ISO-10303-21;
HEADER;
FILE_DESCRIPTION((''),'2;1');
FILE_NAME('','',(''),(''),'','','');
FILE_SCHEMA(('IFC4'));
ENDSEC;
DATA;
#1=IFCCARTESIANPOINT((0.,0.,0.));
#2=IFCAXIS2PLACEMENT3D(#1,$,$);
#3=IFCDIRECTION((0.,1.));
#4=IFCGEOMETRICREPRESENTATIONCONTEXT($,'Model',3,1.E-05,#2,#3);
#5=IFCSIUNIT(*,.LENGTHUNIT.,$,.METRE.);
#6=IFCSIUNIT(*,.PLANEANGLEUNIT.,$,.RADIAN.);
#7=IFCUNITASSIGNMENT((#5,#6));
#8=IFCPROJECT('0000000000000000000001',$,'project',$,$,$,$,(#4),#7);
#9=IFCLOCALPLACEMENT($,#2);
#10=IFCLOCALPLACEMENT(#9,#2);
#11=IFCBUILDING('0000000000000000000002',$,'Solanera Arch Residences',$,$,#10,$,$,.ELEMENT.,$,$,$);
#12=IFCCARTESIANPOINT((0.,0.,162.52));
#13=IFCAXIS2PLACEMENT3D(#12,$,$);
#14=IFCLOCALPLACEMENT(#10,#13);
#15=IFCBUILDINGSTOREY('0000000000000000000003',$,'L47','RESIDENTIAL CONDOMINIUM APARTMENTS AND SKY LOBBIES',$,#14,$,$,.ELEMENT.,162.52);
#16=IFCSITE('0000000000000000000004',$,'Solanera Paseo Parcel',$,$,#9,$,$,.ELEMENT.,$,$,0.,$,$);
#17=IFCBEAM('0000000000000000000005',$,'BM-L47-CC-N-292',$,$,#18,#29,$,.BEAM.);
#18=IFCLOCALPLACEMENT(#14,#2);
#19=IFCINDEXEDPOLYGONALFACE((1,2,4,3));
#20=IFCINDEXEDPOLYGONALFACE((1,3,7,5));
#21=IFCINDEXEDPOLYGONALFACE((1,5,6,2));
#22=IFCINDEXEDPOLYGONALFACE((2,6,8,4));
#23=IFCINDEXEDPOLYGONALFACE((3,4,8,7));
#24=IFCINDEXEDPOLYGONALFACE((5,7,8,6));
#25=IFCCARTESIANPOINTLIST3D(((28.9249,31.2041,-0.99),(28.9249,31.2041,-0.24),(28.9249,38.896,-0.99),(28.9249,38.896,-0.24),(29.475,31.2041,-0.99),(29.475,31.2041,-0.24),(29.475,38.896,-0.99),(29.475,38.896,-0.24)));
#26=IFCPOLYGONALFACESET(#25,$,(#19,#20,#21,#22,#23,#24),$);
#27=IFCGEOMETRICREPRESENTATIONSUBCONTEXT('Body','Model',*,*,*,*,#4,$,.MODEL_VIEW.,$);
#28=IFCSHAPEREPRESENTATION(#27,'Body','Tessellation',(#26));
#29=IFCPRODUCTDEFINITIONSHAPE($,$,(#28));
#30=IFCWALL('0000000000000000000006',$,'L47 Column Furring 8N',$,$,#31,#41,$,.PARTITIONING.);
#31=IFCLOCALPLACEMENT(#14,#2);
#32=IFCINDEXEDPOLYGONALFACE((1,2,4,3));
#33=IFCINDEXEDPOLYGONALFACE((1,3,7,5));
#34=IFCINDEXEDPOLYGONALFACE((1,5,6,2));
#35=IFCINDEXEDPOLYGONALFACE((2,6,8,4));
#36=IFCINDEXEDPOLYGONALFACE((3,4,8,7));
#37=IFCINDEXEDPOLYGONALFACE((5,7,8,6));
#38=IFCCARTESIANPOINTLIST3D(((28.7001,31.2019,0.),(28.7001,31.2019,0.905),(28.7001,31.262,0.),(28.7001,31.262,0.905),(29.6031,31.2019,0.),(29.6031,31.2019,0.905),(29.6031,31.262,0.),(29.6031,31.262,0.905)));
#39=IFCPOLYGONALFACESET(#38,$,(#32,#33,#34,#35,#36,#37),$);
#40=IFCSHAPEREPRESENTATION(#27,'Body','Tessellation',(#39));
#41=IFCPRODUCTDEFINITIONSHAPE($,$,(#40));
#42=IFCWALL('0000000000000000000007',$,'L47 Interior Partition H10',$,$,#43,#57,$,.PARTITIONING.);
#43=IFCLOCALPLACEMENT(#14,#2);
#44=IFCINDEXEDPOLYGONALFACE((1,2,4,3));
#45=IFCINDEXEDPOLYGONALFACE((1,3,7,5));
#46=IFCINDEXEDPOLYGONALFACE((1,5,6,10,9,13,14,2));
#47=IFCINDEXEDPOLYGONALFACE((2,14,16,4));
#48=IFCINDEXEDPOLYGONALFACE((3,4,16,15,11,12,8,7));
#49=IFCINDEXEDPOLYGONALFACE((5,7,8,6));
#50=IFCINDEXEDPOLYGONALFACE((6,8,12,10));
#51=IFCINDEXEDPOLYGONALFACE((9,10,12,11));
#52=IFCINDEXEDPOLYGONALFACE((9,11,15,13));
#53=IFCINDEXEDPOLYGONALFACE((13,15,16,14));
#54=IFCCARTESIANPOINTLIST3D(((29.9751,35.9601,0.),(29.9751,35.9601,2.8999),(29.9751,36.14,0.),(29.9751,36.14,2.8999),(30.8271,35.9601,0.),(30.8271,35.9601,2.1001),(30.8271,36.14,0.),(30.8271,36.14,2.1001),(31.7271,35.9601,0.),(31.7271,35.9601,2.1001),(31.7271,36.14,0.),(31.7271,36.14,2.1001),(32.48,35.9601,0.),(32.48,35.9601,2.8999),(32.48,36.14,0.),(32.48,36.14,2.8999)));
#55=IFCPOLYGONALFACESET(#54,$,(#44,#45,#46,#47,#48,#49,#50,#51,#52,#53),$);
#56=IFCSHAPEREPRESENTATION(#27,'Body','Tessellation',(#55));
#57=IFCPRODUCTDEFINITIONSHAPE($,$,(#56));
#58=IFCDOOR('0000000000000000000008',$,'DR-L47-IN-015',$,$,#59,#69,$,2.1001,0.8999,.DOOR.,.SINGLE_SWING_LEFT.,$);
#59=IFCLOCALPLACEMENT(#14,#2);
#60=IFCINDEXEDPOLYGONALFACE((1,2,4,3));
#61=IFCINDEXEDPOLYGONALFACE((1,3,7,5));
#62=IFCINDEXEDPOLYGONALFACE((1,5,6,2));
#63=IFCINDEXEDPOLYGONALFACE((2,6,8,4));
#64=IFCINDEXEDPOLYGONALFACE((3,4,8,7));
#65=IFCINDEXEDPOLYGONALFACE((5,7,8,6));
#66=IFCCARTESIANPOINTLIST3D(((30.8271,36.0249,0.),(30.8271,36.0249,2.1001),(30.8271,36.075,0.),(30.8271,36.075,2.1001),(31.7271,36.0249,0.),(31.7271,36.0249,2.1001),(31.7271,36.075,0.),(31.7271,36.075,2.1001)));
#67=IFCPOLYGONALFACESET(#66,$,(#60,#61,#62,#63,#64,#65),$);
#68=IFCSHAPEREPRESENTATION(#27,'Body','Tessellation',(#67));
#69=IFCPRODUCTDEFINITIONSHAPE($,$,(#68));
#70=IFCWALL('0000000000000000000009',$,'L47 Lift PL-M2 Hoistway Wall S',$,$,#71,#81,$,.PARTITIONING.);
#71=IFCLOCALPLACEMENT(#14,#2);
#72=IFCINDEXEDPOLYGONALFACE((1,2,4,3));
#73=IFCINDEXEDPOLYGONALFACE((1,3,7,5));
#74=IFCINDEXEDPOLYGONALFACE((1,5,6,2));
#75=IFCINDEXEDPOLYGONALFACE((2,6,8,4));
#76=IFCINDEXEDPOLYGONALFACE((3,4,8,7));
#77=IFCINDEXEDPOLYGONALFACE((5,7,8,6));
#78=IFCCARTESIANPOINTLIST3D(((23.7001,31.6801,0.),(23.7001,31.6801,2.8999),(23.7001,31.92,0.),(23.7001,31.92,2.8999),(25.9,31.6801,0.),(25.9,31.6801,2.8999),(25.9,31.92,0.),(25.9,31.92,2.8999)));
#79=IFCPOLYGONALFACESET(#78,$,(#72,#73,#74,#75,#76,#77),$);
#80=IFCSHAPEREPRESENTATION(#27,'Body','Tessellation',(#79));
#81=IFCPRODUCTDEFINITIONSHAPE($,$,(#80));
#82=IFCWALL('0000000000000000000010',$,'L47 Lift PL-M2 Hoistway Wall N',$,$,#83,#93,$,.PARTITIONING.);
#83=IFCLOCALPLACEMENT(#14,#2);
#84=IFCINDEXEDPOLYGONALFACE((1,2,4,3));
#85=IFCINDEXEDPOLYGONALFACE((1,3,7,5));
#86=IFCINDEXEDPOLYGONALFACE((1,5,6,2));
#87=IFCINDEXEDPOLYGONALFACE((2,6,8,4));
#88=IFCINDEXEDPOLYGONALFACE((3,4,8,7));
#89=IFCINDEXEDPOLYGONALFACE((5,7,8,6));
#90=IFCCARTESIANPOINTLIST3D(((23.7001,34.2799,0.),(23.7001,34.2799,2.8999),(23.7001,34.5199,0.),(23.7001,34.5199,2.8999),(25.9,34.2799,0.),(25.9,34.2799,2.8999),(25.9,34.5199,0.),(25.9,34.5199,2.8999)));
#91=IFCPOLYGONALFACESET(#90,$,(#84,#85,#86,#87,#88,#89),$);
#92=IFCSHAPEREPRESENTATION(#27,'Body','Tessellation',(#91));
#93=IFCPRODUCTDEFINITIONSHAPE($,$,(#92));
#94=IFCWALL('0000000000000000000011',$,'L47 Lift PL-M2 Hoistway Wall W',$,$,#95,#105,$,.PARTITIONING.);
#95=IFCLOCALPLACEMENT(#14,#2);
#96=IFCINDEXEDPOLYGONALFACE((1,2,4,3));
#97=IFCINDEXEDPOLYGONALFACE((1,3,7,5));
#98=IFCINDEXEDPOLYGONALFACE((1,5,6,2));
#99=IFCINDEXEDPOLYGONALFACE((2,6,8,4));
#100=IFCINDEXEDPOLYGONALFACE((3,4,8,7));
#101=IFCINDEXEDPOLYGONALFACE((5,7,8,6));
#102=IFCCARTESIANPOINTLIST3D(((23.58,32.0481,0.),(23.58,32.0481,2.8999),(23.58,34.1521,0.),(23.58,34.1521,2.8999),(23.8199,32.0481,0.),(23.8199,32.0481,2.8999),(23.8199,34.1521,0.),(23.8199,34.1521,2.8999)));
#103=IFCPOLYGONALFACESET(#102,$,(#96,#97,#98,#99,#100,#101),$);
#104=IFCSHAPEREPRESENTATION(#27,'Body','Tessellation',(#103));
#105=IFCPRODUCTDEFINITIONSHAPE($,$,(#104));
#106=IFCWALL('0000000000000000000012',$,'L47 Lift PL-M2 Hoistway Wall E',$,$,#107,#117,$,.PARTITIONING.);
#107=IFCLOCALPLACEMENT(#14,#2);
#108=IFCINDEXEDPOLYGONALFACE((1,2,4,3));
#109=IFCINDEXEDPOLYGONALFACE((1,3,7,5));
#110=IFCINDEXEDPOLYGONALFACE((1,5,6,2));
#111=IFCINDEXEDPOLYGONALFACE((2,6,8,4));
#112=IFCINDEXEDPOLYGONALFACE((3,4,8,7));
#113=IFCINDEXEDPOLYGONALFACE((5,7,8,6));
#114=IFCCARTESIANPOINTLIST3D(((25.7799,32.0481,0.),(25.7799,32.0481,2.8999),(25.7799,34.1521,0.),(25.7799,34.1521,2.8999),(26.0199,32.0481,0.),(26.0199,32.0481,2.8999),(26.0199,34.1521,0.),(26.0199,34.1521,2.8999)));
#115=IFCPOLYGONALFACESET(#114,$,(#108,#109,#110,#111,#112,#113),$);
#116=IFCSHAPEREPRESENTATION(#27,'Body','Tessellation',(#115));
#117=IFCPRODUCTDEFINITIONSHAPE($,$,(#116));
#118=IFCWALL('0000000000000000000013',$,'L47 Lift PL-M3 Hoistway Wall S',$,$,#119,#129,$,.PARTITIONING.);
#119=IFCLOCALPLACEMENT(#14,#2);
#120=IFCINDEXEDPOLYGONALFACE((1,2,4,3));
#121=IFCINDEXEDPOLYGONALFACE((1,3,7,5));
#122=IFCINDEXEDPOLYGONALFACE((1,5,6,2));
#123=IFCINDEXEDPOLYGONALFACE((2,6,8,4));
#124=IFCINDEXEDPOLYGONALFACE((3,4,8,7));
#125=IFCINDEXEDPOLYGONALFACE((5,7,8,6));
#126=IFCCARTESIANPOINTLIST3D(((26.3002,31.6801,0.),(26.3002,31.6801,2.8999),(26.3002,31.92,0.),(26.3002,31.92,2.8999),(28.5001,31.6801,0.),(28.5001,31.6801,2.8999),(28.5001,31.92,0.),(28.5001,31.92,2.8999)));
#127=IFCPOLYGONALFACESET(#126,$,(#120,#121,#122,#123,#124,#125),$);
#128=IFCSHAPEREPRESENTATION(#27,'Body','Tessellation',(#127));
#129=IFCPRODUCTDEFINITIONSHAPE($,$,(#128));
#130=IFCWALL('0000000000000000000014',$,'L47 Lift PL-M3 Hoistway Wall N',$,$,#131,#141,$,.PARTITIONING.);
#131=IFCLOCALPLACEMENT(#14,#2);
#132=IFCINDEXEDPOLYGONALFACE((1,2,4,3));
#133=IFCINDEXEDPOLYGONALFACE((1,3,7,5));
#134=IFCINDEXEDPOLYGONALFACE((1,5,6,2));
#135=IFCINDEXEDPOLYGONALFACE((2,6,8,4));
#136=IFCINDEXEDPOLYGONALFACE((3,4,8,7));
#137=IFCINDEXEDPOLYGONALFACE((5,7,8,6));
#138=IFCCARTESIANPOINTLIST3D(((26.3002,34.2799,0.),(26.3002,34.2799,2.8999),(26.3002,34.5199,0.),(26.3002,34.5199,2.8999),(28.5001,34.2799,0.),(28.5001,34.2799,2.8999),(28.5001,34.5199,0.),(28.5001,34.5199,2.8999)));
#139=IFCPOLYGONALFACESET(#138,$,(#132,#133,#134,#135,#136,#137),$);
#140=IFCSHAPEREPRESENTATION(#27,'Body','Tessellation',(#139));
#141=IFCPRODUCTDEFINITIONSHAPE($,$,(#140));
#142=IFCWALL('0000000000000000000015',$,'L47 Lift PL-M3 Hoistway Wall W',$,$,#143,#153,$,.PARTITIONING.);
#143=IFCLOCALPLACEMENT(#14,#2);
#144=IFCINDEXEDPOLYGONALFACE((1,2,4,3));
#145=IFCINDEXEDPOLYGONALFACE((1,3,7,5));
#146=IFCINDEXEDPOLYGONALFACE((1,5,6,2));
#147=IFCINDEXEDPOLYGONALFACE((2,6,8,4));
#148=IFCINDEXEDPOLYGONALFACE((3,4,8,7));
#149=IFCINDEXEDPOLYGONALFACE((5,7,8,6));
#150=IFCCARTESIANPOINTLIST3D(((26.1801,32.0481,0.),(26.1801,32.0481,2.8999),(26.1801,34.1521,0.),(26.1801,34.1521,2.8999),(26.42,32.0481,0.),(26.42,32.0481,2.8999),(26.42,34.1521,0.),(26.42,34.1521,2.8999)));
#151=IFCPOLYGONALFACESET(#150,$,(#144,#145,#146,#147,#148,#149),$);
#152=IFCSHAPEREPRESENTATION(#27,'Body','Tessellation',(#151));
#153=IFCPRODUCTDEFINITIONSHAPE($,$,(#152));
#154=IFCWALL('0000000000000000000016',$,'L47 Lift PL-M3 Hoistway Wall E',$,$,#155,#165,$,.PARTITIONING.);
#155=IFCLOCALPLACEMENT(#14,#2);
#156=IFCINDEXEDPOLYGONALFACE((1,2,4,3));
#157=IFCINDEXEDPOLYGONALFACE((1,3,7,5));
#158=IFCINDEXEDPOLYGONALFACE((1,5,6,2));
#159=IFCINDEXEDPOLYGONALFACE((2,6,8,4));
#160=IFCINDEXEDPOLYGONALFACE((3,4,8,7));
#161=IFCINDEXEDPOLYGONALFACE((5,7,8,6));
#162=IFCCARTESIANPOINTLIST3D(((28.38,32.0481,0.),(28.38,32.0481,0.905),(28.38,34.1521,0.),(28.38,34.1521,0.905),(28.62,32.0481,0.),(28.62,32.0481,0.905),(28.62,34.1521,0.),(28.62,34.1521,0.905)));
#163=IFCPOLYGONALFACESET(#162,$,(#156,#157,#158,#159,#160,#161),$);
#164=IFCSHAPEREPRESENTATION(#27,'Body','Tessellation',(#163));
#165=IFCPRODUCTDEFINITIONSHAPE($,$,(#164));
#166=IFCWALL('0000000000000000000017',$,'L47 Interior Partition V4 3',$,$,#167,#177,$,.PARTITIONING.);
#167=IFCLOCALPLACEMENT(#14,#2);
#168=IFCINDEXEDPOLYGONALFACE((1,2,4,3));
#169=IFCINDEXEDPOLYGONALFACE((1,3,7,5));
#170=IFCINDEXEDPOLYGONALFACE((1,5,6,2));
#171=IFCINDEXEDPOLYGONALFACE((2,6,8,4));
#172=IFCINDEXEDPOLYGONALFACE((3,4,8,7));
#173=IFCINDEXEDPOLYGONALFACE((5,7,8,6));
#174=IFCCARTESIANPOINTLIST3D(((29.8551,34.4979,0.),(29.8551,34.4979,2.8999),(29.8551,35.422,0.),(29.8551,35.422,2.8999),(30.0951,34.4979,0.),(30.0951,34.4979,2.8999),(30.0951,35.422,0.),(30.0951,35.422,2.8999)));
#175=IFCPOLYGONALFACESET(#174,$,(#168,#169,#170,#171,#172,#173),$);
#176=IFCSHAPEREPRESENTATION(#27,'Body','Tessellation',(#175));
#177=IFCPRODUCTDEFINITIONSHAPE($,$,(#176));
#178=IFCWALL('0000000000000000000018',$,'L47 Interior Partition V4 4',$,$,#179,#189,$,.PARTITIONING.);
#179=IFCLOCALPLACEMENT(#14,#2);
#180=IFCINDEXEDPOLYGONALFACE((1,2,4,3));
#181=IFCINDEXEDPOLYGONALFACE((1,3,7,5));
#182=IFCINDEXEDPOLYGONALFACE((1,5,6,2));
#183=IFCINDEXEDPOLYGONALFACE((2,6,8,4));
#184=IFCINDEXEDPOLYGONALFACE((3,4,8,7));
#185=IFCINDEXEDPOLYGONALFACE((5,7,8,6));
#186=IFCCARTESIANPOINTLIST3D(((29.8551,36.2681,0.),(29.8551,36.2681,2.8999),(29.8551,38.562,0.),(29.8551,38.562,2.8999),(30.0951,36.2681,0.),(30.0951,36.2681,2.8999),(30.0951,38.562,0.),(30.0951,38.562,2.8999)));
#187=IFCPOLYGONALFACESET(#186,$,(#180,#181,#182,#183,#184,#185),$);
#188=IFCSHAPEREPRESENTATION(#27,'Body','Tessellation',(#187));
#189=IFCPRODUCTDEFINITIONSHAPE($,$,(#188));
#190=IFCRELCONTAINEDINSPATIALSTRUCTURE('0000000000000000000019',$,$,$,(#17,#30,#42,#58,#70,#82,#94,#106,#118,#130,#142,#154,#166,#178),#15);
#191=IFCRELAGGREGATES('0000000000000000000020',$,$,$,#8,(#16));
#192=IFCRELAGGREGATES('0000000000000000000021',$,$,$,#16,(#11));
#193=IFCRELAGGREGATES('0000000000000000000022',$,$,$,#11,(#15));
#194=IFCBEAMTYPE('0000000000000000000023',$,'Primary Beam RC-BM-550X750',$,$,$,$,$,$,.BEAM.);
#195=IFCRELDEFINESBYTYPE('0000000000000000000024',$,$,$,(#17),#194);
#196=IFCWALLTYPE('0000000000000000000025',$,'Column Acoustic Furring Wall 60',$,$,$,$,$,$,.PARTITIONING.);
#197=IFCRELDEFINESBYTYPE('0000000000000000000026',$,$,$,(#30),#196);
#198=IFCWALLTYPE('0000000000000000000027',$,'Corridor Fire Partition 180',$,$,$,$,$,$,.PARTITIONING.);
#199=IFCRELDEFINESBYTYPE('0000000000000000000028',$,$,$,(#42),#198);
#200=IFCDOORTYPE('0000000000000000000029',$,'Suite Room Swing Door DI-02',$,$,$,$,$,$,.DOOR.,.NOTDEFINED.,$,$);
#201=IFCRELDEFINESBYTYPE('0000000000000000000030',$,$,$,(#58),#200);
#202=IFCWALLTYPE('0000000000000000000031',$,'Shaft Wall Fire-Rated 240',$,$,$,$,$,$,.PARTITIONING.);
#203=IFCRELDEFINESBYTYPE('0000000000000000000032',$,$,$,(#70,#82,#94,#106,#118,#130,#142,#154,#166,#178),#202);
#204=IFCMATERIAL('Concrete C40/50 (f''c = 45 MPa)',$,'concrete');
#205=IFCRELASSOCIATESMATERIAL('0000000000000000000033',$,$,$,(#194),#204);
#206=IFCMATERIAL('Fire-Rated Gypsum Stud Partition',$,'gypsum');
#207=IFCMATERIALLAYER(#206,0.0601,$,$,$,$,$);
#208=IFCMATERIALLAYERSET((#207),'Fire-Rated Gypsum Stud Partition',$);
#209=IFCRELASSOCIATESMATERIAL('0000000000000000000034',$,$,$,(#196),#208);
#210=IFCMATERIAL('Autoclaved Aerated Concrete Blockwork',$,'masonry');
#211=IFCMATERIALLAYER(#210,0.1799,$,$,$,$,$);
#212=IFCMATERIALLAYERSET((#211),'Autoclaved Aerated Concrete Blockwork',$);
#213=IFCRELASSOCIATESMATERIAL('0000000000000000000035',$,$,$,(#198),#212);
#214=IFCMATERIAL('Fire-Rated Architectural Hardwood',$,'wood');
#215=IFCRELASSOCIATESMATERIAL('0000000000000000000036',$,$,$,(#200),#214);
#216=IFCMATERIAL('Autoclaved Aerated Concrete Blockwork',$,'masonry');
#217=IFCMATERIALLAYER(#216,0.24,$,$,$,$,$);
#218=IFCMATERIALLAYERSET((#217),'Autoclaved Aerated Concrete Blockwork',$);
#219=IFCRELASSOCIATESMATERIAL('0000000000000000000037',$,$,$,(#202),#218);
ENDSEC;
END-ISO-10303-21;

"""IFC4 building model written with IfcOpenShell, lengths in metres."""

from ifc_helpers import new_model, si_unit, direction, frame, frame_2d, origin, origin_2d, place, context, subcontext, project, spatial, rectangle, extrude, material, layer, layer_set, material_profile, profile_set, type_object, element, fill, save


model = new_model("IFC4")

# Units and contexts
model_context = context("Model", 3, precision=1e-05, world=origin(), true_north=direction((0.0, 1.0)))
body_context = subcontext(model_context, "Body", "Model", "MODEL_VIEW")
ifc_project = project(units=[si_unit("LENGTHUNIT", "METRE"), si_unit("PLANEANGLEUNIT", "RADIAN")], contexts=[model_context])

# Site, building, storey
site_placement = place(None, origin())
site = spatial("IfcSite", under=ifc_project, at=site_placement, Name="Solanera Paseo Parcel", CompositionType="ELEMENT", RefElevation=0.0)
building_placement = place(site_placement, origin())
building = spatial("IfcBuilding", under=site, at=building_placement, Name="Solanera Arch Residences", CompositionType="ELEMENT")
storey_placement = place(building_placement, frame((0.0, 0.0, 162.52)))
storey = spatial("IfcBuildingStorey", under=building, at=storey_placement, Name="L47", Description="RESIDENTIAL CONDOMINIUM APARTMENTS AND SKY LOBBIES", CompositionType="ELEMENT", Elevation=162.52)

# Beam
ifc_material_1 = material(Name="Concrete C40/50 (f'c = 45 MPa)", Category="concrete")
ifc_material_profile = material_profile(ifc_material_1, rectangle(XDim=0.55, YDim=0.75, at=origin_2d()))
ifc_profile_set = profile_set([ifc_material_profile], Name="Concrete C40/50 (f'c = 45 MPa)")
beam_type = type_object("IfcBeamType", Name="Primary Beam RC-BM-550X750", PredefinedType="BEAM", material=ifc_profile_set)
beam_placement = place(storey_placement, frame((29.2, 31.2041, -0.615), z_axis=(0.0, 1.0, 0.0), x_axis=(-1.0, 0.0, 0.0)))
element("IfcBeam", 1, at=beam_placement, inside=storey, type_object=beam_type, Name="BM-L47-CC-N-292", PredefinedType="BEAM", context=body_context, shape_type="SweptSolid", body=[
    extrude(rectangle(XDim=0.55, YDim=0.75, at=origin_2d()), origin(), (0.0, 0.0, 1.0), 7.6919),
])

# Wall
ifc_material_2 = material(Name="Fire-Rated Gypsum Stud Partition", Category="gypsum")
ifc_layer_1 = layer(ifc_material_2, 0.0601)
ifc_layer_set_1 = layer_set([ifc_layer_1], Name="Fire-Rated Gypsum Stud Partition")
wall_type_1 = type_object("IfcWallType", Name="Column Acoustic Furring Wall 60", PredefinedType="PARTITIONING", material=ifc_layer_set_1)
wall_1_placement = place(storey_placement, frame((28.7, 31.2319, 0.0), z_axis=(0.0, 0.0, 1.0), x_axis=(1.0, 0.0, 0.0)))
element("IfcWall", 2, at=wall_1_placement, inside=storey, type_object=wall_type_1, Name="L47 Column Furring 8N", PredefinedType="PARTITIONING", context=body_context, shape_type="SweptSolid", body=[
    extrude(rectangle(XDim=0.9031, YDim=0.0601, at=frame_2d((0.4517, 0.0))), origin(), (0.0, 0.0, 1.0), 0.905),
])

# Wall, opening, door
ifc_material_3 = material(Name="Autoclaved Aerated Concrete Blockwork", Category="masonry")
ifc_layer_2 = layer(ifc_material_3, 0.1799)
ifc_layer_set_2 = layer_set([ifc_layer_2], Name="Autoclaved Aerated Concrete Blockwork")
wall_type_2 = type_object("IfcWallType", Name="Corridor Fire Partition 180", PredefinedType="PARTITIONING", material=ifc_layer_set_2)
wall_2_placement = place(storey_placement, frame((29.9751, 36.05, 0.0), z_axis=(0.0, 0.0, 1.0), x_axis=(1.0, 0.0, 0.0)))
wall_2 = element("IfcWall", 3, at=wall_2_placement, inside=storey, type_object=wall_type_2, Name="L47 Interior Partition H10", PredefinedType="PARTITIONING", context=body_context, shape_type="SweptSolid", body=[
    extrude(rectangle(XDim=2.5049, YDim=0.1799, at=frame_2d((1.2524, 0.0))), origin(), (0.0, 0.0, 1.0), 2.8999),
])
opening_1_placement = place(wall_2_placement, frame((0.8521, 0.0, 0.0)))
opening_1 = element("IfcOpeningElement", 4, at=opening_1_placement, cuts=wall_2, PredefinedType="OPENING", context=body_context, shape_type="SweptSolid", body=[
    extrude(rectangle(XDim=0.8999, YDim=2.1001, at=frame_2d((0.45, 1.05))), frame((0.0, 0.1001, 0.0), z_axis=(0.0, -1.0, 0.0), x_axis=(1.0, 0.0, 0.0)), (0.0, 0.0, 1.0), 0.1999),
])
ifc_material_4 = material(Name="Fire-Rated Architectural Hardwood", Category="wood")
door_type_1 = type_object("IfcDoorType", Name="Suite Room Swing Door DI-02", OperationType="NOTDEFINED", PredefinedType="DOOR", material=ifc_material_4)
door_1_placement = place(opening_1_placement, origin())
door_1 = element("IfcDoor", 5, at=door_1_placement, inside=storey, type_object=door_type_1, Name="DR-L47-IN-015", OperationType="SINGLE_SWING_LEFT", OverallHeight=2.1001, OverallWidth=0.8999, PredefinedType="DOOR", context=body_context, shape_type="SweptSolid", body=[
    extrude(rectangle(XDim=0.8999, YDim=2.1001, at=frame_2d((0.45, 1.05))), frame((0.0, 0.0249, 0.0), z_axis=(0.0, -1.0, 0.0), x_axis=(1.0, 0.0, 0.0)), (0.0, 0.0, 1.0), 0.05),
])
fill(opening_1, door_1)

# Walls
ifc_material_5 = material(Name="Autoclaved Aerated Concrete Blockwork", Category="masonry")
ifc_layer_3 = layer(ifc_material_5, 0.24)
ifc_layer_set_3 = layer_set([ifc_layer_3], Name="Autoclaved Aerated Concrete Blockwork")
wall_type_3 = type_object("IfcWallType", Name="Shaft Wall Fire-Rated 240", PredefinedType="PARTITIONING", material=ifc_layer_set_3)
for number, where, z_axis, x_axis, name in (
    (6, (23.7, 31.8, 0.0), (0.0, 0.0, 1.0), (1.0, 0.0, 0.0), "L47 Lift PL-M2 Hoistway Wall S"),
    (7, (23.7, 34.3999, 0.0), (0.0, 0.0, 1.0), (1.0, 0.0, 0.0), "L47 Lift PL-M2 Hoistway Wall N"),
):
    element("IfcWall", number, at=place(storey_placement, frame(where, z_axis=z_axis, x_axis=x_axis)), inside=storey, type_object=wall_type_3, Name=name, PredefinedType="PARTITIONING", context=body_context, shape_type="SweptSolid", body=[
        extrude(rectangle(XDim=2.2, YDim=0.24, at=frame_2d((1.1001, 0.0))), origin(), (0.0, 0.0, 1.0), 2.8999),
    ])
for number, where, z_axis, x_axis, name in (
    (8, (23.7, 32.0481, 0.0), (0.0, 0.0, 1.0), (0.0, 1.0, 0.0), "L47 Lift PL-M2 Hoistway Wall W"),
    (9, (25.8999, 32.0481, 0.0), (0.0, 0.0, 1.0), (0.0, 1.0, 0.0), "L47 Lift PL-M2 Hoistway Wall E"),
):
    element("IfcWall", number, at=place(storey_placement, frame(where, z_axis=z_axis, x_axis=x_axis)), inside=storey, type_object=wall_type_3, Name=name, PredefinedType="PARTITIONING", context=body_context, shape_type="SweptSolid", body=[
        extrude(rectangle(XDim=2.104, YDim=0.24, at=frame_2d((1.052, 0.0))), origin(), (0.0, 0.0, 1.0), 2.8999),
    ])
for number, where, z_axis, x_axis, name in (
    (10, (26.3, 31.8, 0.0), (0.0, 0.0, 1.0), (1.0, 0.0, 0.0), "L47 Lift PL-M3 Hoistway Wall S"),
    (11, (26.3, 34.3999, 0.0), (0.0, 0.0, 1.0), (1.0, 0.0, 0.0), "L47 Lift PL-M3 Hoistway Wall N"),
):
    element("IfcWall", number, at=place(storey_placement, frame(where, z_axis=z_axis, x_axis=x_axis)), inside=storey, type_object=wall_type_3, Name=name, PredefinedType="PARTITIONING", context=body_context, shape_type="SweptSolid", body=[
        extrude(rectangle(XDim=2.2, YDim=0.24, at=frame_2d((1.1001, 0.0))), origin(), (0.0, 0.0, 1.0), 2.8999),
    ])
wall_3_placement = place(storey_placement, frame((26.3, 32.0481, 0.0), z_axis=(0.0, 0.0, 1.0), x_axis=(0.0, 1.0, 0.0)))
element("IfcWall", 12, at=wall_3_placement, inside=storey, type_object=wall_type_3, Name="L47 Lift PL-M3 Hoistway Wall W", PredefinedType="PARTITIONING", context=body_context, shape_type="SweptSolid", body=[
    extrude(rectangle(XDim=2.104, YDim=0.24, at=frame_2d((1.052, 0.0))), origin(), (0.0, 0.0, 1.0), 2.8999),
])
wall_4_placement = place(storey_placement, frame((28.5, 32.0481, 0.0), z_axis=(0.0, 0.0, 1.0), x_axis=(0.0, 1.0, 0.0)))
element("IfcWall", 13, at=wall_4_placement, inside=storey, type_object=wall_type_3, Name="L47 Lift PL-M3 Hoistway Wall E", PredefinedType="PARTITIONING", context=body_context, shape_type="SweptSolid", body=[
    extrude(rectangle(XDim=2.104, YDim=0.24, at=frame_2d((1.052, 0.0))), origin(), (0.0, 0.0, 1.0), 0.905),
])

# Walls
wall_5_placement = place(storey_placement, frame((29.9751, 34.498, 0.0), z_axis=(0.0, 0.0, 1.0), x_axis=(0.0, 1.0, 0.0)))
element("IfcWall", 14, at=wall_5_placement, inside=storey, type_object=wall_type_3, Name="L47 Interior Partition V4 3", PredefinedType="PARTITIONING", context=body_context, shape_type="SweptSolid", body=[
    extrude(rectangle(XDim=0.9241, YDim=0.24, at=frame_2d((0.4619, 0.0))), origin(), (0.0, 0.0, 1.0), 2.8999),
])
wall_6_placement = place(storey_placement, frame((29.9751, 36.2681, 0.0), z_axis=(0.0, 0.0, 1.0), x_axis=(0.0, 1.0, 0.0)))
element("IfcWall", 15, at=wall_6_placement, inside=storey, type_object=wall_type_3, Name="L47 Interior Partition V4 4", PredefinedType="PARTITIONING", context=body_context, shape_type="SweptSolid", body=[
    extrude(rectangle(XDim=2.2939, YDim=0.24, at=frame_2d((1.147, 0.0))), origin(), (0.0, 0.0, 1.0), 2.8999),
])

save(model, "model.ifc")
